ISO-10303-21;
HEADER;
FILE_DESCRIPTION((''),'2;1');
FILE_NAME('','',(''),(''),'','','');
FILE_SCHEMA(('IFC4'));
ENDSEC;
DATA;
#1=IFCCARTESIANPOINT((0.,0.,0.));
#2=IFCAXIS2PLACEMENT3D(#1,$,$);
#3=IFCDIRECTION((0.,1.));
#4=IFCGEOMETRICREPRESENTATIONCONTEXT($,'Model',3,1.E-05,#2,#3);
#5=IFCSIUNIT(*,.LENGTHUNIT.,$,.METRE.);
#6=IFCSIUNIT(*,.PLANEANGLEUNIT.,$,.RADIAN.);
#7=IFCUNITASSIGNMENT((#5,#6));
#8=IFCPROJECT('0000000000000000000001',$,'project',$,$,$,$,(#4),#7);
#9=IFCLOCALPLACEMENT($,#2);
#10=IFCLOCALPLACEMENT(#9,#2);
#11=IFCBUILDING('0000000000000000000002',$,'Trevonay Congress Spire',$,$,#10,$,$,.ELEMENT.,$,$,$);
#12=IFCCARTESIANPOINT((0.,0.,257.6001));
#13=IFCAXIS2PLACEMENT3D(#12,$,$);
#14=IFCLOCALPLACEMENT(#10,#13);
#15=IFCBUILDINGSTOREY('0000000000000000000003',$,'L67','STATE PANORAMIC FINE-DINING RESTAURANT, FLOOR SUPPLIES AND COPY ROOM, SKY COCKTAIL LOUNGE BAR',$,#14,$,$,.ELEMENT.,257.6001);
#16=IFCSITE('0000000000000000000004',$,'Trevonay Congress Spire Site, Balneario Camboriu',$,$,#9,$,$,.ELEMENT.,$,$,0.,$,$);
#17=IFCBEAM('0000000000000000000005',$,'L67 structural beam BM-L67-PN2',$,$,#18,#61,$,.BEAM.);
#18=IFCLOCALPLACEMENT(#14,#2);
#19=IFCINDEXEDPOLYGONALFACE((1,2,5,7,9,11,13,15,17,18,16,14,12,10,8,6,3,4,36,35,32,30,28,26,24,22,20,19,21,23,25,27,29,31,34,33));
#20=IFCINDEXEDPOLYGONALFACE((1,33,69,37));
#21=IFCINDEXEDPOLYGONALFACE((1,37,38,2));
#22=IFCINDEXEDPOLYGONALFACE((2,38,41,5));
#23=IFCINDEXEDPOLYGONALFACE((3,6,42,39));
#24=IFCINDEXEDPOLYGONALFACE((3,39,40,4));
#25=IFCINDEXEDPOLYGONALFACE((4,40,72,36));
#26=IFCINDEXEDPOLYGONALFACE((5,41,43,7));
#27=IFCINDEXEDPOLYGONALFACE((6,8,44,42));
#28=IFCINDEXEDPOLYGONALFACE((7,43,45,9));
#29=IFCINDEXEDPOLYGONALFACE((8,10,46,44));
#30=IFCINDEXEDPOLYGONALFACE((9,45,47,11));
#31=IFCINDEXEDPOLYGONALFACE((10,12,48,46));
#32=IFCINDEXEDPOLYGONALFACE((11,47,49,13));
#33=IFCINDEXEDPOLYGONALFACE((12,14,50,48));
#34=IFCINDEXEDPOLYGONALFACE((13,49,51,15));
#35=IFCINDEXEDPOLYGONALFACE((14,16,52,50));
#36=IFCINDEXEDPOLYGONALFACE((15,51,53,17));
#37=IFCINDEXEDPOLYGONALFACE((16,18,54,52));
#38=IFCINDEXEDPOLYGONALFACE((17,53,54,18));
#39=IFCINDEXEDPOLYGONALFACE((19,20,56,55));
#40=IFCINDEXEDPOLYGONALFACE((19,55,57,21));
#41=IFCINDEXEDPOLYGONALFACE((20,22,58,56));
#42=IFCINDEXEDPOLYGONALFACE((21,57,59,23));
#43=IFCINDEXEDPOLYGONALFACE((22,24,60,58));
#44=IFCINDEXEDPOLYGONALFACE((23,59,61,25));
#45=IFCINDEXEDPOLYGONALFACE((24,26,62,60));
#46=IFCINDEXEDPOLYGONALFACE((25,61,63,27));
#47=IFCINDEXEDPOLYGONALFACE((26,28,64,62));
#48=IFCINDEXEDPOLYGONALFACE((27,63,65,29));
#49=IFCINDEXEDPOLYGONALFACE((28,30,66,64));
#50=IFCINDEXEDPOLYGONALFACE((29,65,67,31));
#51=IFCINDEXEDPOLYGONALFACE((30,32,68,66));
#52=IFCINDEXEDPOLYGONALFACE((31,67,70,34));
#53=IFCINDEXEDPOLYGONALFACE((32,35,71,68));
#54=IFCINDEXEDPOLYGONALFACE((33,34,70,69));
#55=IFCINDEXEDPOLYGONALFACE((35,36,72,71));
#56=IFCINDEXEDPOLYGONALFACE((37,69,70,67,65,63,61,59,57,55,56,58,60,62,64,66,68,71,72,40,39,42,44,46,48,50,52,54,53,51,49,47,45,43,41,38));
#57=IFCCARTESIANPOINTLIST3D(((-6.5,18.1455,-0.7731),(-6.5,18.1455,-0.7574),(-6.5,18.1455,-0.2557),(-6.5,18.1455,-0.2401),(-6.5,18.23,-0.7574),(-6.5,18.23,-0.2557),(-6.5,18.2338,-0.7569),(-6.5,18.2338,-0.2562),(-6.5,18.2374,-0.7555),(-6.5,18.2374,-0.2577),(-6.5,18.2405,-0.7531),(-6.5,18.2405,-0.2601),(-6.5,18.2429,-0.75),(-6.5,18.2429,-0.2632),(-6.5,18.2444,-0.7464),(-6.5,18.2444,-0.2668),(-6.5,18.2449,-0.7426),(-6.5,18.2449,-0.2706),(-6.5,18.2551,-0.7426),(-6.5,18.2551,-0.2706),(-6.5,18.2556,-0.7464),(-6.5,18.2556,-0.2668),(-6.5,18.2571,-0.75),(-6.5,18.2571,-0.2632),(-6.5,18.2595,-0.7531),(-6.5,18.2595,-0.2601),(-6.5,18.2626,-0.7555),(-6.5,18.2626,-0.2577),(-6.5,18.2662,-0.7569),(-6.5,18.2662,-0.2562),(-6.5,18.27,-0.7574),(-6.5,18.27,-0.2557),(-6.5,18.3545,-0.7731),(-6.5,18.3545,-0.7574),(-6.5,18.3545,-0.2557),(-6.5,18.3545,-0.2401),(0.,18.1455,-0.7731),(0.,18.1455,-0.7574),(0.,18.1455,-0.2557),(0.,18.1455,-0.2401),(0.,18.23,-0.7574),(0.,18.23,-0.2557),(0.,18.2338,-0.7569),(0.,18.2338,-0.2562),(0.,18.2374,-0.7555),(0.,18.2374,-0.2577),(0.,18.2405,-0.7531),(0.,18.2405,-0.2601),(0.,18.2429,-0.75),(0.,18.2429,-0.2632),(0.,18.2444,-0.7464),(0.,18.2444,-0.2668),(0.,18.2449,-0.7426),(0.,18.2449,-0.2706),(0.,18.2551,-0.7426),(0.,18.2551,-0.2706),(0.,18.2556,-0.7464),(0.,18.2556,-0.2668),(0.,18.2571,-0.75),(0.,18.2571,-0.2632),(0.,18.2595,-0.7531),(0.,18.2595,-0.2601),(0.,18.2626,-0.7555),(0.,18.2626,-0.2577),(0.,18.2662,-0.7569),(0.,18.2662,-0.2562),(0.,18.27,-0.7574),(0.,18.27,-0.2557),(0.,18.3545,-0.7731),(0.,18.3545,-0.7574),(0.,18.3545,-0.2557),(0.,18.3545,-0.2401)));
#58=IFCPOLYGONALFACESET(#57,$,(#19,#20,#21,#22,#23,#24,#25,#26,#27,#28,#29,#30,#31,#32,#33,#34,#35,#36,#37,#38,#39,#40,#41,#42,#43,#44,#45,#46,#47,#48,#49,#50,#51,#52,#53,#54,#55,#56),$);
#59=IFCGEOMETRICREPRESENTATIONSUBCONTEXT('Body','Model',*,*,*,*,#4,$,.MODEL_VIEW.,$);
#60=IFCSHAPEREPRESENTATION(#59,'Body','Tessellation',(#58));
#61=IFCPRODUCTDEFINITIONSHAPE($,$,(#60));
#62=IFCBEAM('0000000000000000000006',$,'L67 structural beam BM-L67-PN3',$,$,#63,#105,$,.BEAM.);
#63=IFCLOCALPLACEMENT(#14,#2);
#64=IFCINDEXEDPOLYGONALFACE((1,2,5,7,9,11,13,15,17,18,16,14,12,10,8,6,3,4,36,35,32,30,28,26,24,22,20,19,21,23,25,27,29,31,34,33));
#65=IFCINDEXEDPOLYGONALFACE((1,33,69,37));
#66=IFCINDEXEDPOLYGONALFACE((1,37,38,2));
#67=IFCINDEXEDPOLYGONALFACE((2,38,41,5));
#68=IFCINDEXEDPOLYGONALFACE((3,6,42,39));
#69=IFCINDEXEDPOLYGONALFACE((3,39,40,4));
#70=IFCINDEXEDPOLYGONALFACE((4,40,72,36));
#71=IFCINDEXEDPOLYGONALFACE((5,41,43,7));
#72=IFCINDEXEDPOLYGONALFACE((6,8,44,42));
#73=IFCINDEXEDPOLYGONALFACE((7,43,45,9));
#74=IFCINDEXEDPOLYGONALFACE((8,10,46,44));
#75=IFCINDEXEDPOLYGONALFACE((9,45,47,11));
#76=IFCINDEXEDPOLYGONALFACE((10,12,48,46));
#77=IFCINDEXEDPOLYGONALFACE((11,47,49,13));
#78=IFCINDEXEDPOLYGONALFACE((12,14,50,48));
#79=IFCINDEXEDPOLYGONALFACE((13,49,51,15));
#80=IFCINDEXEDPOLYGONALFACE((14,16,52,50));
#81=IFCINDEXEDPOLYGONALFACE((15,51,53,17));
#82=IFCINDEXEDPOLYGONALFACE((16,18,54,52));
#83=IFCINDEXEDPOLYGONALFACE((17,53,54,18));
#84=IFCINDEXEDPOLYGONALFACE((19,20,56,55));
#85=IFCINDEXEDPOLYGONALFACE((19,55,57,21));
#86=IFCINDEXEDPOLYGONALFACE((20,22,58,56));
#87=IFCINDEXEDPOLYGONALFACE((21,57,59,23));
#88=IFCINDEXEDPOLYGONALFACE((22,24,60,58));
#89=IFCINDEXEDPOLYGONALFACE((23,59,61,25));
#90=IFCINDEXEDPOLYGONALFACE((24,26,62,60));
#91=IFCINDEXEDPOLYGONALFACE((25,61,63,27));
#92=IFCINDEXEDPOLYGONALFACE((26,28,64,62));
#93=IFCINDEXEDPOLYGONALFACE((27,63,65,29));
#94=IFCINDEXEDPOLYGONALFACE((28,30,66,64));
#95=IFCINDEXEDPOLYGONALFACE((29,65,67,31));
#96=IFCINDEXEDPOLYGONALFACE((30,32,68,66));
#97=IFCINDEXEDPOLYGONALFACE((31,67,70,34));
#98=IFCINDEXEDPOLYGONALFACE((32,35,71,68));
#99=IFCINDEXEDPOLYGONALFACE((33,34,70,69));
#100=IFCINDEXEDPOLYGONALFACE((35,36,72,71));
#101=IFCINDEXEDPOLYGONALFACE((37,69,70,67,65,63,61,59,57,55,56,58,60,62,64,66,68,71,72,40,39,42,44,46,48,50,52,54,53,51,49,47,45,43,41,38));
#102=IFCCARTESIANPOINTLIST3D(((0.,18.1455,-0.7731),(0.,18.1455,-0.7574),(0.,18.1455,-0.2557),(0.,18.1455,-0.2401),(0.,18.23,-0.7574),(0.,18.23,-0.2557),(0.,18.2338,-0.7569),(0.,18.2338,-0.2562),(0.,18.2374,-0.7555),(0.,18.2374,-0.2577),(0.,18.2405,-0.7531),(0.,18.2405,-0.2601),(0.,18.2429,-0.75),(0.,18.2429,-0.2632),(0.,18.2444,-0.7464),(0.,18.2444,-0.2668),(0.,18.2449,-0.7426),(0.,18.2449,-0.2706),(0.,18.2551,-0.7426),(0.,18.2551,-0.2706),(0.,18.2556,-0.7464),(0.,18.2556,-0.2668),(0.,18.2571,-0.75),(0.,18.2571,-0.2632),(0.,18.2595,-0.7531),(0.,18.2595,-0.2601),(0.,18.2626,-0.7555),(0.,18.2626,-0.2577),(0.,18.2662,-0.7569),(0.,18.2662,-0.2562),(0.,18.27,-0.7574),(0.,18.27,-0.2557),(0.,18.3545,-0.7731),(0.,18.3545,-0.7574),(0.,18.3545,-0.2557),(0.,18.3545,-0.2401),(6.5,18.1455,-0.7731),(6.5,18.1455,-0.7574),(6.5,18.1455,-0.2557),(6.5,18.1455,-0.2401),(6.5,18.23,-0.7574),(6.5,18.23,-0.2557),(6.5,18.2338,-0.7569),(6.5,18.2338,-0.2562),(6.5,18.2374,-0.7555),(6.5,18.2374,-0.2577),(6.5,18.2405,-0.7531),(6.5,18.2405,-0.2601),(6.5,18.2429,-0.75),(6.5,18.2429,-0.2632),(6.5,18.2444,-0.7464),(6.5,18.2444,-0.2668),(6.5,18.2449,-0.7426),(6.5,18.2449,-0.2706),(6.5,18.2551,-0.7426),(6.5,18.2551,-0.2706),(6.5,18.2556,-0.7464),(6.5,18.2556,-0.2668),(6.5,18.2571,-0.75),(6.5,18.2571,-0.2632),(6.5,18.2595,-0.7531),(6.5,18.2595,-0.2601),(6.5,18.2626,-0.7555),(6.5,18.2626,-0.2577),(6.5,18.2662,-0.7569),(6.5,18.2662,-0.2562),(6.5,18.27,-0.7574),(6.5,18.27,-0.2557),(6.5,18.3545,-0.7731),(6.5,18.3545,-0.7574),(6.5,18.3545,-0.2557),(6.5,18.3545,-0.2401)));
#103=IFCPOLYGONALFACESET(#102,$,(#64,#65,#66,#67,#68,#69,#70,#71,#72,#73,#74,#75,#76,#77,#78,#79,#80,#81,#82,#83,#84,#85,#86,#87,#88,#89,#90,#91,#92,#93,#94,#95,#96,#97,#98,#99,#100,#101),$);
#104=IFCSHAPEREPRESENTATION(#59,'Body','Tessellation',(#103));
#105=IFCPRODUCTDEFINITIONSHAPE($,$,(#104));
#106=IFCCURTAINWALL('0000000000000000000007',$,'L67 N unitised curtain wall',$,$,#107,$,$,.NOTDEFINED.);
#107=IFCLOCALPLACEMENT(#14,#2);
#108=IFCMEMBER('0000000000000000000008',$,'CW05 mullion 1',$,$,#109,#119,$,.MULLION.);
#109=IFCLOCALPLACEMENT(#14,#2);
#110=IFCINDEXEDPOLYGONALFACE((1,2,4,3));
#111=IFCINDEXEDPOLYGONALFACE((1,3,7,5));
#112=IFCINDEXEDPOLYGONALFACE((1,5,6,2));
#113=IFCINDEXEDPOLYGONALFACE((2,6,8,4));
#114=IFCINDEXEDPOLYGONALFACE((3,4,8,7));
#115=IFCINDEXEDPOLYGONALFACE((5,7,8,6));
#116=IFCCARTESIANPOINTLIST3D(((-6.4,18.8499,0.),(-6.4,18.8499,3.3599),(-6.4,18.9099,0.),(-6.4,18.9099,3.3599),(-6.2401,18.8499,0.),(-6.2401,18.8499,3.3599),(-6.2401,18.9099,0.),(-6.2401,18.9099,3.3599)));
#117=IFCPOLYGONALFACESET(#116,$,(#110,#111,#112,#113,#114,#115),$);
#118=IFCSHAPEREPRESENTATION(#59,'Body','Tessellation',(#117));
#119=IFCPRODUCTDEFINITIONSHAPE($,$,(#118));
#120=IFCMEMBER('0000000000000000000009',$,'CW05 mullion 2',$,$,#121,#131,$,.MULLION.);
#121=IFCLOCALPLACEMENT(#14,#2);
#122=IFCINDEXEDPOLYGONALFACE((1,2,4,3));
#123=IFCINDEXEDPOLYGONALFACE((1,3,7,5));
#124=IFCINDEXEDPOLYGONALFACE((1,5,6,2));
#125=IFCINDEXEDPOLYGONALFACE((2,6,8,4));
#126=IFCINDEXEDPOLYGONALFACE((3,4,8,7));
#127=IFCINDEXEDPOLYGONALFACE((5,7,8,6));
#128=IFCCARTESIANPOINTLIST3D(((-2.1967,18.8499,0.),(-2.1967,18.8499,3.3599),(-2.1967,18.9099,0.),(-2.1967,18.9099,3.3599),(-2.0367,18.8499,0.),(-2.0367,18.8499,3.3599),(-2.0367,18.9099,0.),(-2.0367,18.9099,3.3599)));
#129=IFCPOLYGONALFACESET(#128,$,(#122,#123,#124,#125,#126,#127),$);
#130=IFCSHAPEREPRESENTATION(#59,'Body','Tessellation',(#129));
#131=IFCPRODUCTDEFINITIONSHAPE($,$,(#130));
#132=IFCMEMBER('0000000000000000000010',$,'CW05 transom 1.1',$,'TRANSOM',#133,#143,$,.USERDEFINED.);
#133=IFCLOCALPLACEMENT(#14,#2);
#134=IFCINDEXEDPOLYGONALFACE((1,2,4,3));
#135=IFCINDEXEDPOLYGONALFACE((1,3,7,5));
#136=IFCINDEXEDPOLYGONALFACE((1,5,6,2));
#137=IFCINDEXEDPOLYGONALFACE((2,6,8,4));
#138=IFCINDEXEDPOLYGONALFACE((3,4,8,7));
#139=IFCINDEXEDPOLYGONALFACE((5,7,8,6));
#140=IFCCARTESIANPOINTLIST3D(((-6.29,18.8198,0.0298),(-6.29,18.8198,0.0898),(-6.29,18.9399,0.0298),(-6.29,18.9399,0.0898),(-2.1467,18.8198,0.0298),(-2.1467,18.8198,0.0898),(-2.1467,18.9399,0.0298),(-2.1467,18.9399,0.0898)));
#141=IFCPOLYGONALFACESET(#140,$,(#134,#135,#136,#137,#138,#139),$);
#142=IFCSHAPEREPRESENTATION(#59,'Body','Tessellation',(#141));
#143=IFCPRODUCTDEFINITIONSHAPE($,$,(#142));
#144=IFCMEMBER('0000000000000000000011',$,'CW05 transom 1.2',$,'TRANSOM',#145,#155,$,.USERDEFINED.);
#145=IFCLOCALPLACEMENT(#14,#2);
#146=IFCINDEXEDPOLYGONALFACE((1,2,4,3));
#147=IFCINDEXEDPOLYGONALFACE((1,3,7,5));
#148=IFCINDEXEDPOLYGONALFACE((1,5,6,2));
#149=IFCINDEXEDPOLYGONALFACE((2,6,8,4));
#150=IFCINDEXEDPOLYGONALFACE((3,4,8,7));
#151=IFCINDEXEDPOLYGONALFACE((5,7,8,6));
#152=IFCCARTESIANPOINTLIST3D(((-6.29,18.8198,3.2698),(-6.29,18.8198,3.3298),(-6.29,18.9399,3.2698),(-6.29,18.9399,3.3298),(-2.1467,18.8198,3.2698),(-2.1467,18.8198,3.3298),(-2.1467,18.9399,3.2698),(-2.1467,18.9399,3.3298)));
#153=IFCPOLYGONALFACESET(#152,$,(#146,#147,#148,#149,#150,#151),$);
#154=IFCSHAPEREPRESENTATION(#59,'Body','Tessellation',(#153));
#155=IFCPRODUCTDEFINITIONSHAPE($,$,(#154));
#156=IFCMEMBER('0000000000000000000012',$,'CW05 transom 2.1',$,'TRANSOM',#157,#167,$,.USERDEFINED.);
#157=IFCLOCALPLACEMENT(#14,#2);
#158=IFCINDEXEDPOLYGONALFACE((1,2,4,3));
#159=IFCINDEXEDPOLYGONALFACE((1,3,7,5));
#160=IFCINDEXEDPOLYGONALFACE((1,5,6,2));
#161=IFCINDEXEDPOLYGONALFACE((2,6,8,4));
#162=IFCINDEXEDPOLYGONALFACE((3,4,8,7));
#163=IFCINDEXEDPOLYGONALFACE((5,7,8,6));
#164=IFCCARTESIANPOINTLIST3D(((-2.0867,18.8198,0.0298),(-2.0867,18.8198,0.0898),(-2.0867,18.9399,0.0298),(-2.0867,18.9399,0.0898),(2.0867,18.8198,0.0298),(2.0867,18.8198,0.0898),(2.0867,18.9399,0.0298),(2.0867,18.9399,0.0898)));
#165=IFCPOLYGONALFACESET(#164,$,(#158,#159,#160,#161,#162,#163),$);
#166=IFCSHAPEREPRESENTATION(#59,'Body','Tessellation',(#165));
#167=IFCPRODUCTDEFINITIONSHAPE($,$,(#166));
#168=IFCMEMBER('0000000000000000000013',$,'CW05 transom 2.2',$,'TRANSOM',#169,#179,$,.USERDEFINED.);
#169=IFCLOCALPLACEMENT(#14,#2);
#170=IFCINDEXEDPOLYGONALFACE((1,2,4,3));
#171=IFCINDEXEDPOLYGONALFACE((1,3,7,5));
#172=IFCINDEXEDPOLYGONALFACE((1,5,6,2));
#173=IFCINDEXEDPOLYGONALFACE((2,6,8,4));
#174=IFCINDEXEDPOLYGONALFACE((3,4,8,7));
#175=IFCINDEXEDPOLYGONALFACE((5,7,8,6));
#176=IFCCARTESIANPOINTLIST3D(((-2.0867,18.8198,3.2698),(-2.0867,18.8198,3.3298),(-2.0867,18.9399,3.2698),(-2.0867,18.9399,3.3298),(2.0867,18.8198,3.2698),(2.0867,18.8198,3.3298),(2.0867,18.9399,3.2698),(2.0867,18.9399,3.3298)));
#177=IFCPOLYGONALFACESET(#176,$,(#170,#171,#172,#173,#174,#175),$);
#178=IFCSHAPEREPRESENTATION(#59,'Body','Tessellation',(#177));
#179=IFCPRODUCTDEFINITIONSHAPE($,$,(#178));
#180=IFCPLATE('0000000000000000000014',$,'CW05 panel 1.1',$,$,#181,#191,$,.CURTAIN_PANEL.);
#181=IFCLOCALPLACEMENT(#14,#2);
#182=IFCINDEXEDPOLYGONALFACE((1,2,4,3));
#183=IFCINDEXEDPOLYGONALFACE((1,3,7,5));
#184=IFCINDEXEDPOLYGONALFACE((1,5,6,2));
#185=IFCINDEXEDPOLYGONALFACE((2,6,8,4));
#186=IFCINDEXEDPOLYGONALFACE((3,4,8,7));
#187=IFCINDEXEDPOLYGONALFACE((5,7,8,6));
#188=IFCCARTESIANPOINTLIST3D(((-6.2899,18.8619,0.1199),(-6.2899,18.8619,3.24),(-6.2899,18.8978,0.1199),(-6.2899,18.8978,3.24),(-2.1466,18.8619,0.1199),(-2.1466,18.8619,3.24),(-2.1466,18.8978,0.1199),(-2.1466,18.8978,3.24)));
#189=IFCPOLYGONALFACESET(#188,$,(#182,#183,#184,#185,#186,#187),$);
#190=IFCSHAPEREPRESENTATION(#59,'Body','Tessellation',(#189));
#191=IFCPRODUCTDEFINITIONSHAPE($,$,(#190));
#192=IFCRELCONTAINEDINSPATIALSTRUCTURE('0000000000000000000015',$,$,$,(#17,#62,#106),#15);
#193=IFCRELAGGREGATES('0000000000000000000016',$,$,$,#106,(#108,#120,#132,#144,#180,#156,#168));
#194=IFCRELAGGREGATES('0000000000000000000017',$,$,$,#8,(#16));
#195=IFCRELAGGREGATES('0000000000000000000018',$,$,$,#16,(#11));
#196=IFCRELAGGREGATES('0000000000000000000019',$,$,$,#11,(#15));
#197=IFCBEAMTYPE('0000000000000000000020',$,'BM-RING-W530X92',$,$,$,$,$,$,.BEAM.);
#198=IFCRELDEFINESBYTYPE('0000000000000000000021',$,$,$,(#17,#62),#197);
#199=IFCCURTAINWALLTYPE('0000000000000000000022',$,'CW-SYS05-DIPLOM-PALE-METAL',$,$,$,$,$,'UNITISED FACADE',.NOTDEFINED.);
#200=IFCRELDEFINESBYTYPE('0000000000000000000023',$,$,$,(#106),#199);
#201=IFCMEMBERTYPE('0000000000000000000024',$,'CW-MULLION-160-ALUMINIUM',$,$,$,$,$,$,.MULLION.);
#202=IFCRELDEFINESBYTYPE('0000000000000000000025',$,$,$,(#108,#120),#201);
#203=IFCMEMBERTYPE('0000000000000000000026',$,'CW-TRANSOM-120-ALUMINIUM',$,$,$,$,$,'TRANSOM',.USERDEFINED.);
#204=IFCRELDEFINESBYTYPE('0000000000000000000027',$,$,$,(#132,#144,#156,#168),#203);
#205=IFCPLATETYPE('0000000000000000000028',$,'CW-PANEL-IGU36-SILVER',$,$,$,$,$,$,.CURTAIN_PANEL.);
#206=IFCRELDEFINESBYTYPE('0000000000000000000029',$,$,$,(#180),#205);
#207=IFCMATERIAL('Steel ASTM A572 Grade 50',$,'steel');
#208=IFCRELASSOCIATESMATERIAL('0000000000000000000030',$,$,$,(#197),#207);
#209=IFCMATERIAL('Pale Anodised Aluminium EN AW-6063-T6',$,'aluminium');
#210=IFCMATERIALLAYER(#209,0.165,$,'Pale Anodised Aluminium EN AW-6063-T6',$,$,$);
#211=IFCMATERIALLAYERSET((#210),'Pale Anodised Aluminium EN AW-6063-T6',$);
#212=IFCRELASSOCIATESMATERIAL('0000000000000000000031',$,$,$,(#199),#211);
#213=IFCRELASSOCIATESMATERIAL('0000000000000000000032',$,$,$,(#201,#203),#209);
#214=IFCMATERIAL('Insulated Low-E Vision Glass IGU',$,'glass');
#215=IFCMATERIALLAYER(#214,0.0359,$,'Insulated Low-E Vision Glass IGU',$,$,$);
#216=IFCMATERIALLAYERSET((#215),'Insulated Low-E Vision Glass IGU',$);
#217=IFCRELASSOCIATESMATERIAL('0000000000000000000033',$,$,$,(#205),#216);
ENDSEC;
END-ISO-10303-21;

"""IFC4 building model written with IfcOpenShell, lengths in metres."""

from ifc_helpers import new_model, si_unit, direction, frame, origin, origin_2d, place, context, subcontext, project, spatial, rectangle, i_section, extrude, material, layer, layer_set, material_profile, profile_set, type_object, element, aggregate, save


model = new_model("IFC4")

# Units and contexts
model_context = context("Model", 3, precision=1e-05, world=origin(), true_north=direction((0.0, 1.0)))
body_context = subcontext(model_context, "Body", "Model", "MODEL_VIEW")
ifc_project = project(units=[si_unit("LENGTHUNIT", "METRE"), si_unit("PLANEANGLEUNIT", "RADIAN")], contexts=[model_context])

# Site, building, storey
site_placement = place(None, origin())
site = spatial("IfcSite", under=ifc_project, at=site_placement, Name="Trevonay Congress Spire Site, Balneario Camboriu", CompositionType="ELEMENT", RefElevation=0.0)
building_placement = place(site_placement, origin())
building = spatial("IfcBuilding", under=site, at=building_placement, Name="Trevonay Congress Spire", CompositionType="ELEMENT")
storey_placement = place(building_placement, frame((0.0, 0.0, 257.6001)))
storey = spatial("IfcBuildingStorey", under=building, at=storey_placement, Name="L67", Description="STATE PANORAMIC FINE-DINING RESTAURANT, FLOOR SUPPLIES AND COPY ROOM, SKY COCKTAIL LOUNGE BAR", CompositionType="ELEMENT", Elevation=257.6001)

# Shared definitions
ifc_material_1 = material(Name="Steel ASTM A572 Grade 50", Category="steel")

# Beams
ifc_material_profile_1 = material_profile(ifc_material_1, i_section(OverallWidth=0.209, OverallDepth=0.533, WebThickness=0.0103, FlangeThickness=0.0156, FilletRadius=0.0149, at=origin_2d()), Name="W530x92")
ifc_profile_set_1 = profile_set([ifc_material_profile_1], Name="Steel ASTM A572 Grade 50")
beam_type_1 = type_object("IfcBeamType", Name="BM-RING-W530X92", PredefinedType="BEAM", material=ifc_profile_set_1)
for number, where, z_axis, x_axis, name in (
    (1, (-6.5, 18.25, -0.5066), (1.0, 0.0, 0.0), (0.0, 1.0, 0.0), "L67 structural beam BM-L67-PN2"),
    (2, (0.0, 18.25, -0.5066), (1.0, 0.0, 0.0), (0.0, 1.0, 0.0), "L67 structural beam BM-L67-PN3"),
):
    element("IfcBeam", number, at=place(storey_placement, frame(where, z_axis=z_axis, x_axis=x_axis)), inside=storey, type_object=beam_type_1, Name=name, PredefinedType="BEAM", context=body_context, shape_type="SweptSolid", body=[
        extrude(i_section(OverallWidth=0.209, OverallDepth=0.533, WebThickness=0.0103, FlangeThickness=0.0156, FilletRadius=0.0149, at=origin_2d()), origin(), (0.0, 0.0, 1.0), 6.5),
    ])

# Curtain wall, members, plate
ifc_material_2 = material(Name="Pale Anodised Aluminium EN AW-6063-T6", Category="aluminium")
ifc_layer_1 = layer(ifc_material_2, 0.165, Name="Pale Anodised Aluminium EN AW-6063-T6")
ifc_layer_set_1 = layer_set([ifc_layer_1], Name="Pale Anodised Aluminium EN AW-6063-T6")
curtain_wall_type = type_object("IfcCurtainWallType", Name="CW-SYS05-DIPLOM-PALE-METAL", ElementType="UNITISED FACADE", PredefinedType="NOTDEFINED", material=ifc_layer_set_1)
curtain_wall_placement = place(storey_placement, origin())
curtain_wall = element("IfcCurtainWall", 3, at=curtain_wall_placement, inside=storey, type_object=curtain_wall_type, Name="L67 N unitised curtain wall", PredefinedType="NOTDEFINED")
ifc_material_profile_2 = material_profile(ifc_material_2, rectangle(XDim=0.0601, YDim=0.1599, at=origin_2d()), Name="CW-MULLION-160-ALUMINIUM")
ifc_profile_set_2 = profile_set([ifc_material_profile_2], Name="Pale Anodised Aluminium EN AW-6063-T6")
member_type_1 = type_object("IfcMemberType", Name="CW-MULLION-160-ALUMINIUM", PredefinedType="MULLION", material=ifc_profile_set_2)
member_1_placement = place(storey_placement, frame((-6.3201, 18.8799, 0.0), z_axis=(0.0, 0.0, 1.0), x_axis=(0.0, 1.0, 0.0)))
member_1 = element("IfcMember", 4, at=member_1_placement, type_object=member_type_1, Name="CW05 mullion 1", PredefinedType="MULLION", context=body_context, shape_type="SweptSolid", body=[
    extrude(rectangle(XDim=0.0601, YDim=0.1599, at=origin_2d()), origin(), (0.0, 0.0, 1.0), 3.3599),
])
member_2_placement = place(storey_placement, frame((-2.1167, 18.8799, 0.0), z_axis=(0.0, 0.0, 1.0), x_axis=(0.0, 1.0, 0.0)))
member_2 = element("IfcMember", 5, at=member_2_placement, type_object=member_type_1, Name="CW05 mullion 2", PredefinedType="MULLION", context=body_context, shape_type="SweptSolid", body=[
    extrude(rectangle(XDim=0.0601, YDim=0.1599, at=origin_2d()), origin(), (0.0, 0.0, 1.0), 3.3599),
])
ifc_material_profile_3 = material_profile(ifc_material_2, rectangle(XDim=0.1201, YDim=0.0601, at=origin_2d()), Name="CW-TRANSOM-120-ALUMINIUM")
ifc_profile_set_3 = profile_set([ifc_material_profile_3], Name="Pale Anodised Aluminium EN AW-6063-T6")
member_type_2 = type_object("IfcMemberType", Name="CW-TRANSOM-120-ALUMINIUM", ElementType="TRANSOM", PredefinedType="USERDEFINED", material=ifc_profile_set_3)
member_3_placement = place(storey_placement, frame((-6.29, 18.8799, 0.0598), z_axis=(1.0, 0.0, 0.0), x_axis=(0.0, 1.0, 0.0)))
member_3 = element("IfcMember", 6, at=member_3_placement, type_object=member_type_2, Name="CW05 transom 1.1", ObjectType="TRANSOM", PredefinedType="USERDEFINED", context=body_context, shape_type="SweptSolid", body=[
    extrude(rectangle(XDim=0.1201, YDim=0.0601, at=origin_2d()), origin(), (0.0, 0.0, 1.0), 4.1433),
])
member_4_placement = place(storey_placement, frame((-6.29, 18.8799, 3.2998), z_axis=(1.0, 0.0, 0.0), x_axis=(0.0, 1.0, 0.0)))
member_4 = element("IfcMember", 7, at=member_4_placement, type_object=member_type_2, Name="CW05 transom 1.2", ObjectType="TRANSOM", PredefinedType="USERDEFINED", context=body_context, shape_type="SweptSolid", body=[
    extrude(rectangle(XDim=0.1201, YDim=0.0601, at=origin_2d()), origin(), (0.0, 0.0, 1.0), 4.1433),
])
member_5_placement = place(storey_placement, frame((-2.0867, 18.8799, 0.0598), z_axis=(1.0, 0.0, 0.0), x_axis=(0.0, 1.0, 0.0)))
member_5 = element("IfcMember", 8, at=member_5_placement, type_object=member_type_2, Name="CW05 transom 2.1", ObjectType="TRANSOM", PredefinedType="USERDEFINED", context=body_context, shape_type="SweptSolid", body=[
    extrude(rectangle(XDim=0.1201, YDim=0.0601, at=origin_2d()), origin(), (0.0, 0.0, 1.0), 4.1733),
])
member_6_placement = place(storey_placement, frame((-2.0867, 18.8799, 3.2998), z_axis=(1.0, 0.0, 0.0), x_axis=(0.0, 1.0, 0.0)))
member_6 = element("IfcMember", 9, at=member_6_placement, type_object=member_type_2, Name="CW05 transom 2.2", ObjectType="TRANSOM", PredefinedType="USERDEFINED", context=body_context, shape_type="SweptSolid", body=[
    extrude(rectangle(XDim=0.1201, YDim=0.0601, at=origin_2d()), origin(), (0.0, 0.0, 1.0), 4.1733),
])
ifc_material_3 = material(Name="Insulated Low-E Vision Glass IGU", Category="glass")
ifc_layer_2 = layer(ifc_material_3, 0.0359, Name="Insulated Low-E Vision Glass IGU")
ifc_layer_set_2 = layer_set([ifc_layer_2], Name="Insulated Low-E Vision Glass IGU")
plate_type = type_object("IfcPlateType", Name="CW-PANEL-IGU36-SILVER", PredefinedType="CURTAIN_PANEL", material=ifc_layer_set_2)
plate_1_placement = place(storey_placement, frame((-4.2183, 18.8799, 0.1199), z_axis=(0.0, 0.0, 1.0), x_axis=(1.0, 0.0, 0.0)))
plate_1 = element("IfcPlate", 10, at=plate_1_placement, type_object=plate_type, Name="CW05 panel 1.1", PredefinedType="CURTAIN_PANEL", context=body_context, shape_type="SweptSolid", body=[
    extrude(rectangle(XDim=4.1433, YDim=0.0359, at=origin_2d()), origin(), (0.0, 0.0, 1.0), 3.1201),
])
aggregate(curtain_wall, [member_1, member_2, member_3, member_4, plate_1, member_5, member_6])

save(model, "model.ifc")
